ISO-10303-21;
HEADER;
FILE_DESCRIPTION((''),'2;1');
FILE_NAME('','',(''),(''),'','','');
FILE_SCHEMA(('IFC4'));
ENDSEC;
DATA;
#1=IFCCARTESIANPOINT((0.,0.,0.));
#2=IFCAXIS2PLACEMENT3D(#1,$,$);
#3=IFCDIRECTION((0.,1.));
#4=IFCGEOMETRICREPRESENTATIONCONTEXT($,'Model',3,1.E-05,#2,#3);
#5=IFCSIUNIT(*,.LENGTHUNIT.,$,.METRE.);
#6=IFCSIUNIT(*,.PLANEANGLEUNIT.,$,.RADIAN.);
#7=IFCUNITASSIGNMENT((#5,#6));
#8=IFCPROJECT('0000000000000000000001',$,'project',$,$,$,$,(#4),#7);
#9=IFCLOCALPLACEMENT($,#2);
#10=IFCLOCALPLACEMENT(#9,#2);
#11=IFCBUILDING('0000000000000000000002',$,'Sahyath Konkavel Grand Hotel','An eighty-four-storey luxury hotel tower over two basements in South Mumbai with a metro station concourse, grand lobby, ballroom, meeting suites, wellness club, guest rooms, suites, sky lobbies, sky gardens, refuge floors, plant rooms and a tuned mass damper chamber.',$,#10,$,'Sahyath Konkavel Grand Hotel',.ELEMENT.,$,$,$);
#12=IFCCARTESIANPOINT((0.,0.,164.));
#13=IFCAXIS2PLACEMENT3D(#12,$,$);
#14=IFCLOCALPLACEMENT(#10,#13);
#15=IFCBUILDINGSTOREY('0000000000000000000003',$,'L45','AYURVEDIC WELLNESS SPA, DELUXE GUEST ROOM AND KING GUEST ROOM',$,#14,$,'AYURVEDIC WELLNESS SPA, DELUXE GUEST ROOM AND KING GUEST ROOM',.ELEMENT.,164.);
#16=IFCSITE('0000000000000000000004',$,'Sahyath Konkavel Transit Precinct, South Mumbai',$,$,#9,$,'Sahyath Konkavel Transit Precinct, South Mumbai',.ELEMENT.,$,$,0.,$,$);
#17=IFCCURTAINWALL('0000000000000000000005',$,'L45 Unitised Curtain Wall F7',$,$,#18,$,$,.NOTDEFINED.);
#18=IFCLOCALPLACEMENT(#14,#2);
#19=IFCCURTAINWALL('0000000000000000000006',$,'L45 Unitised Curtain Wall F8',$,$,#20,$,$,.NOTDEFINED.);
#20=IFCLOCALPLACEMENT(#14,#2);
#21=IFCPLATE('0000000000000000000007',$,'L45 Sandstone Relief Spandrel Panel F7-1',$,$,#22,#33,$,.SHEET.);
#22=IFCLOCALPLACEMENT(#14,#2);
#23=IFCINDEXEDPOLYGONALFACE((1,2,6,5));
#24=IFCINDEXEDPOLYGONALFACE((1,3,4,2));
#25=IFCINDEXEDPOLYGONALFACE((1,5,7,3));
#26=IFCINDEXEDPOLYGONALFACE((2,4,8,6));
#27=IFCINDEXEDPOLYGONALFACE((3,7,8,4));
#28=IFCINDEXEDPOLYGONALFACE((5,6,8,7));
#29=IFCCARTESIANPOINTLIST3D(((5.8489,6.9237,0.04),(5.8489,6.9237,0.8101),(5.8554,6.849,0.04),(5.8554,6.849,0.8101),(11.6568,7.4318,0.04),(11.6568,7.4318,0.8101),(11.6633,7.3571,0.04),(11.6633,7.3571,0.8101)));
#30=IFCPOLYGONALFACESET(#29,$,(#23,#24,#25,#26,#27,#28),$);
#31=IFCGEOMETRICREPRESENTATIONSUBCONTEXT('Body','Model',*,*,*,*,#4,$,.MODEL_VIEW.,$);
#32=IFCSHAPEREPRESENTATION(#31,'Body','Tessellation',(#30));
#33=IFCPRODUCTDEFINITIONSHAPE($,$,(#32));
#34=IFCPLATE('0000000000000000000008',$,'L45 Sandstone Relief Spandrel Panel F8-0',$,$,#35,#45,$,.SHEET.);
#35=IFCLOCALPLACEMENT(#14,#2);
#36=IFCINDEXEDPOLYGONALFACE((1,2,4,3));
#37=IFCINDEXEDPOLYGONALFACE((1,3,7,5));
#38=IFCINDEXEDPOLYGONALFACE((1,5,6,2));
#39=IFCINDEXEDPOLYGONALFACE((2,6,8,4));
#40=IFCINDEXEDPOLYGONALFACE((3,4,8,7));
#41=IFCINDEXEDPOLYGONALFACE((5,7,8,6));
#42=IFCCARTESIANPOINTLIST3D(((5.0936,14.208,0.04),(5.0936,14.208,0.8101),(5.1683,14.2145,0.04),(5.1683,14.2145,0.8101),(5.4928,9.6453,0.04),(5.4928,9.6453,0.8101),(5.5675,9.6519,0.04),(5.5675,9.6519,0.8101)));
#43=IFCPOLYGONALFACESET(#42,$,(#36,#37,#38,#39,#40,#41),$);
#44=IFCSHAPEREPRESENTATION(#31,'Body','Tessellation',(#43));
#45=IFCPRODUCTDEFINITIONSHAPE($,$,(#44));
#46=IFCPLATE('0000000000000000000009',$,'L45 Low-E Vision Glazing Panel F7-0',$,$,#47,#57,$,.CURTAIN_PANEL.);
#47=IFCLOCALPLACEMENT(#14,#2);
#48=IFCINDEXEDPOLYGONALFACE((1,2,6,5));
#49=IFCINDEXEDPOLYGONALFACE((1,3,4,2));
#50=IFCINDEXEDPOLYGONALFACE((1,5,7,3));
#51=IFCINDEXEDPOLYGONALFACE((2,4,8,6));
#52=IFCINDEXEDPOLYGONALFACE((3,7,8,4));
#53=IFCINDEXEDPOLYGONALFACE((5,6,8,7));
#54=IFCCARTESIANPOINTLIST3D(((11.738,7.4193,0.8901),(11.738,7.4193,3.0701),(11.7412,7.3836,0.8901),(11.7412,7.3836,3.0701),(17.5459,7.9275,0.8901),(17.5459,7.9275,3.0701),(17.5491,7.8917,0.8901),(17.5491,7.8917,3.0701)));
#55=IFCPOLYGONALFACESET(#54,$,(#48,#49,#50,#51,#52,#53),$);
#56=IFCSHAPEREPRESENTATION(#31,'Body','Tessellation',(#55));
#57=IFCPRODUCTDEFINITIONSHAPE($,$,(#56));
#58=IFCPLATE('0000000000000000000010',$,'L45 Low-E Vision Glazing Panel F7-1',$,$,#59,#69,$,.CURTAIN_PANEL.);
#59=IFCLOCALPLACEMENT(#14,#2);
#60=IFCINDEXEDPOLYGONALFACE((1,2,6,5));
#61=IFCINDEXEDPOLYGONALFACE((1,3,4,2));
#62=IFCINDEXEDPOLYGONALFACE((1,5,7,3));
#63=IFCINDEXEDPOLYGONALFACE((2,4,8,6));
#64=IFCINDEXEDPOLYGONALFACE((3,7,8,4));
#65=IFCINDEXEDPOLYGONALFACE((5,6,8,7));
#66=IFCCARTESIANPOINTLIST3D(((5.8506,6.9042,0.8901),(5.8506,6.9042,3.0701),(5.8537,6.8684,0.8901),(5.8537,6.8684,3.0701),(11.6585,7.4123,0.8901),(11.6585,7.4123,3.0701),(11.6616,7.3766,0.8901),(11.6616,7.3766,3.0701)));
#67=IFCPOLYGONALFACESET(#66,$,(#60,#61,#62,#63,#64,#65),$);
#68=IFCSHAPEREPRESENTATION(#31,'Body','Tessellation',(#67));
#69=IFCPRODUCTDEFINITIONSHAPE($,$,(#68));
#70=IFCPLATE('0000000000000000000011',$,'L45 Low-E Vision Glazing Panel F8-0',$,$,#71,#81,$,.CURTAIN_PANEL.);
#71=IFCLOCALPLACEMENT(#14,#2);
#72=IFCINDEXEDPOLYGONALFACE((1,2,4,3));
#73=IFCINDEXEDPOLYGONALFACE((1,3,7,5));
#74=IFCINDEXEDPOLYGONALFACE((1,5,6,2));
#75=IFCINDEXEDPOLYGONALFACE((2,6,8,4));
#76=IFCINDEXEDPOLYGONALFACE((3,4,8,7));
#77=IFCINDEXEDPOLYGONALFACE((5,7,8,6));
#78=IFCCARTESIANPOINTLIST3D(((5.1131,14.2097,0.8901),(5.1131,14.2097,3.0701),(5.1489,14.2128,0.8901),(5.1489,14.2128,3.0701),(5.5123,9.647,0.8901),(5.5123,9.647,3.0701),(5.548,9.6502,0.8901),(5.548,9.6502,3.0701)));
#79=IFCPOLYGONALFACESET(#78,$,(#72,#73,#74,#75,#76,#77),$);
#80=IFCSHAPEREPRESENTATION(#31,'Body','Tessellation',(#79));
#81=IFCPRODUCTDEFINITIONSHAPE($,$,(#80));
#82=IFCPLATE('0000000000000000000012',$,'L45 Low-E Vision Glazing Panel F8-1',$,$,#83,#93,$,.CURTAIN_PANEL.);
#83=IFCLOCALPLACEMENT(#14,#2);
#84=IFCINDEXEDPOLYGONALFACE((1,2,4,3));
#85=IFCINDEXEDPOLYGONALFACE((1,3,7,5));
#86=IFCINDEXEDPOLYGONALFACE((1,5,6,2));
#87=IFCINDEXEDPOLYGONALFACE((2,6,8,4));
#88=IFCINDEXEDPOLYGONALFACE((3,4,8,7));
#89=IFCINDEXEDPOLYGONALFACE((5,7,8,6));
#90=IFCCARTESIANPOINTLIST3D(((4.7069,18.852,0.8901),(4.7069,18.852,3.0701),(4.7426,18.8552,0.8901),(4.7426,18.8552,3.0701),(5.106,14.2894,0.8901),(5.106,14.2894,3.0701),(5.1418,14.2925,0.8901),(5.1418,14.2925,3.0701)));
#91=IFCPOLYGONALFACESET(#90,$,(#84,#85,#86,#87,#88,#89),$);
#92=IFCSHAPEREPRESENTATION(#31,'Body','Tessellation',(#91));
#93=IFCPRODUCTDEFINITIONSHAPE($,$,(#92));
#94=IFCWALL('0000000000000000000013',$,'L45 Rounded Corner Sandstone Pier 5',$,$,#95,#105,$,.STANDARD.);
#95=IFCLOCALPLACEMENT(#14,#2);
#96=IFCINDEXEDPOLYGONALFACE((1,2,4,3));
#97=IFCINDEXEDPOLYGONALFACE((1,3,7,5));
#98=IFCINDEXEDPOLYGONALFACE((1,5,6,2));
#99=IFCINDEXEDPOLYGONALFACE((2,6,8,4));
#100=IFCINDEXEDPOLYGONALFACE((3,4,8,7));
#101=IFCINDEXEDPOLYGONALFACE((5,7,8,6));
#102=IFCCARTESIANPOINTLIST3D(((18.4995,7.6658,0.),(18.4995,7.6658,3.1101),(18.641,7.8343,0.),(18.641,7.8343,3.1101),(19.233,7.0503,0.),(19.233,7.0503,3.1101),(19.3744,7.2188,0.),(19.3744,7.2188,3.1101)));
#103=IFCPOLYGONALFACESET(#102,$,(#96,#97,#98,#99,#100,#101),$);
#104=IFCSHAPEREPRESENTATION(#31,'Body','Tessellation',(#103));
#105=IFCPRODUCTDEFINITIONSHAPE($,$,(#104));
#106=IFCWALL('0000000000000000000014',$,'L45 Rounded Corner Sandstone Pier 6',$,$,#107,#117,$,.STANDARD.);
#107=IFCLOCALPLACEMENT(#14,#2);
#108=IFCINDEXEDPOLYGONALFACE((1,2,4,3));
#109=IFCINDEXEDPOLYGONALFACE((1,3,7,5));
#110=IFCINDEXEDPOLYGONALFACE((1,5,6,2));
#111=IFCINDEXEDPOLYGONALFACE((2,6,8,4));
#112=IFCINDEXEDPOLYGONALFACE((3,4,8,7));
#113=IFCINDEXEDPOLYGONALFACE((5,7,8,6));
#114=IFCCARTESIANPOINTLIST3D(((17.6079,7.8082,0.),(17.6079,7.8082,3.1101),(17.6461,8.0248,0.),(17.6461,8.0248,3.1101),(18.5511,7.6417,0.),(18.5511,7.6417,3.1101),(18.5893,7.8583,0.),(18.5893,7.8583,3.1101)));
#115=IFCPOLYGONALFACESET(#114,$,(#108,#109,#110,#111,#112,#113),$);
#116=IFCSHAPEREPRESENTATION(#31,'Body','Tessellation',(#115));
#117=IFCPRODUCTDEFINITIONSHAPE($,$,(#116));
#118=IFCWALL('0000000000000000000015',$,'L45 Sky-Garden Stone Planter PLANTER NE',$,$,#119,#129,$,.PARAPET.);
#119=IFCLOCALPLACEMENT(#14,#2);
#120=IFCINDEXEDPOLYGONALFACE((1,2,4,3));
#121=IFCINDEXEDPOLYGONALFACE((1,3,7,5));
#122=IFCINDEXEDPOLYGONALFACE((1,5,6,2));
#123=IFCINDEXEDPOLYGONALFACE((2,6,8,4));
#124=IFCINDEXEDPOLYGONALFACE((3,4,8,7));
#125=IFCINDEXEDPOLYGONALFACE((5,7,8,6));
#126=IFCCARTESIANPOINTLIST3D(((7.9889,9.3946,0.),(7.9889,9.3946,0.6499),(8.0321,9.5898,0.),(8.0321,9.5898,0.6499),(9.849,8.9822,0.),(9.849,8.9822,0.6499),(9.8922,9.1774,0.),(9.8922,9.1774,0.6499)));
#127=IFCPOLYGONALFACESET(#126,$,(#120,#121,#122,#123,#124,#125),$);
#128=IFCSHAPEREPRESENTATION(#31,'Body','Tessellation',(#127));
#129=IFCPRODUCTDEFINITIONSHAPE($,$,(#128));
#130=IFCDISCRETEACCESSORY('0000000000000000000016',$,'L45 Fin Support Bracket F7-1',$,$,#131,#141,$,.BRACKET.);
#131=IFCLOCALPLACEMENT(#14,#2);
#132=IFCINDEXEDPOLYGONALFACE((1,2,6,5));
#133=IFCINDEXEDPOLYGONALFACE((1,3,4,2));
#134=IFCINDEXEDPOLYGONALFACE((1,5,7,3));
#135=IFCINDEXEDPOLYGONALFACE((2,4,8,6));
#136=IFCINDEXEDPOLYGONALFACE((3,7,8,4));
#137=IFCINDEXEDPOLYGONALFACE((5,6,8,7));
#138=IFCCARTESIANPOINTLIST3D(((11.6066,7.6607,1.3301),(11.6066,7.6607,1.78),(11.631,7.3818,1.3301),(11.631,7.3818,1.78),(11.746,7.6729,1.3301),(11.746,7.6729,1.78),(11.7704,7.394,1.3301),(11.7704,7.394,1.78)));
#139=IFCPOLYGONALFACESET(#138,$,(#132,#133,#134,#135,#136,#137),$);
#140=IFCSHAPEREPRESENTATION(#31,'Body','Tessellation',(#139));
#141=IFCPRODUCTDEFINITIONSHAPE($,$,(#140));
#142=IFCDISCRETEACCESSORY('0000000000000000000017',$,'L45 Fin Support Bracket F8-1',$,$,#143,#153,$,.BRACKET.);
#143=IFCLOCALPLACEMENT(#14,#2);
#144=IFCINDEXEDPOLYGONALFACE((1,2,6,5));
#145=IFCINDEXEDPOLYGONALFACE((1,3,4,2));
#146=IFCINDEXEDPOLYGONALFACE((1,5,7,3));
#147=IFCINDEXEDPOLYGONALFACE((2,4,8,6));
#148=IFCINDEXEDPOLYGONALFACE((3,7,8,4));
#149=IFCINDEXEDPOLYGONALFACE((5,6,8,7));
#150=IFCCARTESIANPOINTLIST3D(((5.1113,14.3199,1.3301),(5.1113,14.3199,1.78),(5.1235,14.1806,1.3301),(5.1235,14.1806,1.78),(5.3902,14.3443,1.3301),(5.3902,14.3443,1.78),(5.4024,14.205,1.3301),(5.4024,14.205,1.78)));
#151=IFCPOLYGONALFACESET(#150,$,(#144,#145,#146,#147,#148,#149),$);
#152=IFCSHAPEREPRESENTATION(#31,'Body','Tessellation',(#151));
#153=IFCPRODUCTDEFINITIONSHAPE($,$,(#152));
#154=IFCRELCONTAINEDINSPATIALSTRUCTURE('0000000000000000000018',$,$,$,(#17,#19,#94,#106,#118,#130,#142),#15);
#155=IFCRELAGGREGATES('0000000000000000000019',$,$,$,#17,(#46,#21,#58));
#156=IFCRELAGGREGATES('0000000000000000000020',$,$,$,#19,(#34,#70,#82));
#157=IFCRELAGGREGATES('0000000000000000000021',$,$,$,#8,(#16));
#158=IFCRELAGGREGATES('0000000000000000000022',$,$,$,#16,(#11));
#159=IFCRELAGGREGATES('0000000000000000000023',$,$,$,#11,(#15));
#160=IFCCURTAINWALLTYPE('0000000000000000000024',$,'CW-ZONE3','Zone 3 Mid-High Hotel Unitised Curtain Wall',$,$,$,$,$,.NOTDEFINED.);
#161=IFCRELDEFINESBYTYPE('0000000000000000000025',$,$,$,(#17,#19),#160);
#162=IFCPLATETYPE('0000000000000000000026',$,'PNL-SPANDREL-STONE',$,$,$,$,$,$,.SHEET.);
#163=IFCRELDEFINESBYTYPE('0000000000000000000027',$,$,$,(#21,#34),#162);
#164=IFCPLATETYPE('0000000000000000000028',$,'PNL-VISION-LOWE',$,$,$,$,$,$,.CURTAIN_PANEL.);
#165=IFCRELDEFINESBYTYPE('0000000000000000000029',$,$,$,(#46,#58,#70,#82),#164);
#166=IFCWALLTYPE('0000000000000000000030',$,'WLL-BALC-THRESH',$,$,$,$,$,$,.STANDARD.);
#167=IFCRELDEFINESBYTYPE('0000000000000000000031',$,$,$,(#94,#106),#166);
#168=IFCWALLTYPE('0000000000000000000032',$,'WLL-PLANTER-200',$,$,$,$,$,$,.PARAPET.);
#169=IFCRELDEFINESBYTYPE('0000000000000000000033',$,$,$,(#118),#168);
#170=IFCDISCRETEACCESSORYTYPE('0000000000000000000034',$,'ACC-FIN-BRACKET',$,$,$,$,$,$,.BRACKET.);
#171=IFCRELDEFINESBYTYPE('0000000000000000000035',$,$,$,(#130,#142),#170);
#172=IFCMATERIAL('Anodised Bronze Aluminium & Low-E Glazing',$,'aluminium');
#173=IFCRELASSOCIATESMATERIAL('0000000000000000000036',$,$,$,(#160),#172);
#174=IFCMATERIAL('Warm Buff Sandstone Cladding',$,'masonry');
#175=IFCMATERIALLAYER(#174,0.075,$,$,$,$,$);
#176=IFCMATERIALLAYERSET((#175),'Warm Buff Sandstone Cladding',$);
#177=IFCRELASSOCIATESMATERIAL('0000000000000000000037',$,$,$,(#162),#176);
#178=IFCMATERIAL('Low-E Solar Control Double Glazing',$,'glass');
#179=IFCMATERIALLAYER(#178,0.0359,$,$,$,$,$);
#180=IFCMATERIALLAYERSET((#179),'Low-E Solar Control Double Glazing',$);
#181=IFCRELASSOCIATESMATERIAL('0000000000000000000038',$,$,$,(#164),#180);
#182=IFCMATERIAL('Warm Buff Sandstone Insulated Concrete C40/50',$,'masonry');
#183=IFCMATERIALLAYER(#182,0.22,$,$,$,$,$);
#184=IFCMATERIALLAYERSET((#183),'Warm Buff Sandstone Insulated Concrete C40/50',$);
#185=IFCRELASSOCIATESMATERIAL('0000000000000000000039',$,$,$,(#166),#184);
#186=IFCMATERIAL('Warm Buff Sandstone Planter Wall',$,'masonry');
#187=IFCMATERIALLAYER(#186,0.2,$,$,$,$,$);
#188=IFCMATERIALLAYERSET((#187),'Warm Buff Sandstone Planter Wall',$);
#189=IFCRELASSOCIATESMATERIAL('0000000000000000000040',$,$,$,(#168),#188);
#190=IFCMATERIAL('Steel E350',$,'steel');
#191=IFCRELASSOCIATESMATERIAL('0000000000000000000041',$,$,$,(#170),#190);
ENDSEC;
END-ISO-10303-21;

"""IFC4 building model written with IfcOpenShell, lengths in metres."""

from ifc_helpers import new_model, si_unit, direction, frame, frame_2d, origin, origin_2d, place, context, subcontext, project, spatial, rectangle, extrude, source, transform, mapped, material, layer, layer_set, type_object, element, aggregate, save


model = new_model("IFC4")

# Units and contexts
model_context = context("Model", 3, precision=1e-05, world=origin(), true_north=direction((0.0, 1.0)))
body_context = subcontext(model_context, "Body", "Model", "MODEL_VIEW")
ifc_project = project(units=[si_unit("LENGTHUNIT", "METRE"), si_unit("PLANEANGLEUNIT", "RADIAN")], contexts=[model_context])

# Site, building, storey
site_placement = place(None, origin())
site = spatial("IfcSite", under=ifc_project, at=site_placement, Name="Sahyath Konkavel Transit Precinct, South Mumbai", LongName="Sahyath Konkavel Transit Precinct, South Mumbai", CompositionType="ELEMENT", RefElevation=0.0)
building_placement = place(site_placement, origin())
building = spatial("IfcBuilding", under=site, at=building_placement, Name="Sahyath Konkavel Grand Hotel", Description="An eighty-four-storey luxury hotel tower over two basements in South Mumbai with a metro station concourse, grand lobby, ballroom, meeting suites, wellness club, guest rooms, suites, sky lobbies, sky gardens, refuge floors, plant rooms and a tuned mass damper chamber.", LongName="Sahyath Konkavel Grand Hotel", CompositionType="ELEMENT")
storey_placement = place(building_placement, frame((0.0, 0.0, 164.0)))
storey = spatial("IfcBuildingStorey", under=building, at=storey_placement, Name="L45", Description="AYURVEDIC WELLNESS SPA, DELUXE GUEST ROOM AND KING GUEST ROOM", LongName="AYURVEDIC WELLNESS SPA, DELUXE GUEST ROOM AND KING GUEST ROOM", CompositionType="ELEMENT", Elevation=164.0)

# Curtain walls
ifc_material_1 = material(Name="Anodised Bronze Aluminium & Low-E Glazing", Category="aluminium")
curtain_wall_type = type_object("IfcCurtainWallType", Name="CW-ZONE3", Description="Zone 3 Mid-High Hotel Unitised Curtain Wall", PredefinedType="NOTDEFINED", material=ifc_material_1)
curtain_wall_1_placement = place(storey_placement, origin())
curtain_wall_1 = element("IfcCurtainWall", 1, at=curtain_wall_1_placement, inside=storey, type_object=curtain_wall_type, Name="L45 Unitised Curtain Wall F7", PredefinedType="NOTDEFINED")
curtain_wall_2_placement = place(storey_placement, origin())
curtain_wall_2 = element("IfcCurtainWall", 2, at=curtain_wall_2_placement, inside=storey, type_object=curtain_wall_type, Name="L45 Unitised Curtain Wall F8", PredefinedType="NOTDEFINED")

# Plates
ifc_material_2 = material(Name="Warm Buff Sandstone Cladding", Category="masonry")
ifc_layer_1 = layer(ifc_material_2, 0.075)
ifc_layer_set_1 = layer_set([ifc_layer_1], Name="Warm Buff Sandstone Cladding")
plate_type_1 = type_object("IfcPlateType", Name="PNL-SPANDREL-STONE", PredefinedType="SHEET", material=ifc_layer_set_1)
shared_shape_1 = source(origin(), body_context, "Body", "SweptSolid", [
    extrude(rectangle(XDim=5.8301, YDim=0.075, at=origin_2d()), origin(), (0.0, 0.0, 1.0), 0.77),
])
plate_1_placement = place(storey_placement, frame((8.7561, 7.1404, 0.04), z_axis=(0.0, 0.0, 1.0), x_axis=(-0.996195, -0.087156, 0.0)))
plate_1 = element("IfcPlate", 3, at=plate_1_placement, type_object=plate_type_1, Name="L45 Sandstone Relief Spandrel Panel F7-1", PredefinedType="SHEET", context=body_context, shape_type="MappedRepresentation", body=[
    mapped(shared_shape_1, transform((0.0, 0.0, 0.0), scale=1.0)),
])
shared_shape_2 = source(origin(), body_context, "Body", "SweptSolid", [
    extrude(rectangle(XDim=4.5801, YDim=0.075, at=origin_2d()), origin(), (0.0, 0.0, 1.0), 0.77),
])
plate_2_placement = place(storey_placement, frame((5.3306, 11.9299, 0.04), z_axis=(0.0, 0.0, 1.0), x_axis=(-0.087156, 0.996195, 0.0)))
plate_2 = element("IfcPlate", 4, at=plate_2_placement, type_object=plate_type_1, Name="L45 Sandstone Relief Spandrel Panel F8-0", PredefinedType="SHEET", context=body_context, shape_type="MappedRepresentation", body=[
    mapped(shared_shape_2, transform((0.0, 0.0, 0.0), scale=1.0)),
])
ifc_material_3 = material(Name="Low-E Solar Control Double Glazing", Category="glass")
ifc_layer_2 = layer(ifc_material_3, 0.0359)
ifc_layer_set_2 = layer_set([ifc_layer_2], Name="Low-E Solar Control Double Glazing")
plate_type_2 = type_object("IfcPlateType", Name="PNL-VISION-LOWE", PredefinedType="CURTAIN_PANEL", material=ifc_layer_set_2)
shared_shape_3 = source(origin(), body_context, "Body", "SweptSolid", [
    extrude(rectangle(XDim=5.8301, YDim=0.0359, at=origin_2d()), origin(), (0.0, 0.0, 1.0), 2.1799),
])
plate_3_placement = place(storey_placement, frame((14.6436, 7.6555, 0.8901), z_axis=(0.0, 0.0, 1.0), x_axis=(-0.996195, -0.087156, 0.0)))
plate_3 = element("IfcPlate", 5, at=plate_3_placement, type_object=plate_type_2, Name="L45 Low-E Vision Glazing Panel F7-0", PredefinedType="CURTAIN_PANEL", context=body_context, shape_type="MappedRepresentation", body=[
    mapped(shared_shape_3, transform((0.0, 0.0, 0.0), scale=1.0)),
])
plate_4_placement = place(storey_placement, frame((8.7561, 7.1404, 0.8901), z_axis=(0.0, 0.0, 1.0), x_axis=(-0.996195, -0.087156, 0.0)))
plate_4 = element("IfcPlate", 6, at=plate_4_placement, type_object=plate_type_2, Name="L45 Low-E Vision Glazing Panel F7-1", PredefinedType="CURTAIN_PANEL", context=body_context, shape_type="MappedRepresentation", body=[
    mapped(shared_shape_3, transform((0.0, 0.0, 0.0), scale=1.0)),
])
aggregate(curtain_wall_1, [plate_3, plate_1, plate_4])
shared_shape_4 = source(origin(), body_context, "Body", "SweptSolid", [
    extrude(rectangle(XDim=4.5801, YDim=0.0359, at=origin_2d()), origin(), (0.0, 0.0, 1.0), 2.1799),
])
plate_5_placement = place(storey_placement, frame((5.3306, 11.9299, 0.8901), z_axis=(0.0, 0.0, 1.0), x_axis=(-0.087156, 0.996195, 0.0)))
plate_5 = element("IfcPlate", 7, at=plate_5_placement, type_object=plate_type_2, Name="L45 Low-E Vision Glazing Panel F8-0", PredefinedType="CURTAIN_PANEL", context=body_context, shape_type="MappedRepresentation", body=[
    mapped(shared_shape_4, transform((0.0, 0.0, 0.0), scale=1.0)),
])
plate_6_placement = place(storey_placement, frame((4.9243, 16.5723, 0.8901), z_axis=(0.0, 0.0, 1.0), x_axis=(-0.087156, 0.996195, 0.0)))
plate_6 = element("IfcPlate", 8, at=plate_6_placement, type_object=plate_type_2, Name="L45 Low-E Vision Glazing Panel F8-1", PredefinedType="CURTAIN_PANEL", context=body_context, shape_type="MappedRepresentation", body=[
    mapped(shared_shape_4, transform((0.0, 0.0, 0.0), scale=1.0)),
])
aggregate(curtain_wall_2, [plate_2, plate_5, plate_6])

# Walls
ifc_material_4 = material(Name="Warm Buff Sandstone Insulated Concrete C40/50", Category="masonry")
ifc_layer_3 = layer(ifc_material_4, 0.22)
ifc_layer_set_3 = layer_set([ifc_layer_3], Name="Warm Buff Sandstone Insulated Concrete C40/50")
wall_type_1 = type_object("IfcWallType", Name="WLL-BALC-THRESH", PredefinedType="STANDARD", material=ifc_layer_set_3)
wall_1_placement = place(storey_placement, frame((19.3037, 7.1345, 0.0), z_axis=(0.0, 0.0, 1.0), x_axis=(-0.766001, 0.642839, 0.0)))
element("IfcWall", 9, at=wall_1_placement, inside=storey, type_object=wall_type_1, Name="L45 Rounded Corner Sandstone Pier 5", PredefinedType="STANDARD", context=body_context, shape_type="SweptSolid", body=[
    extrude(rectangle(XDim=0.9575, YDim=0.22, at=frame_2d((0.4788, 0.0))), origin(), (0.0, 0.0, 1.0), 3.1101),
])
wall_2_placement = place(storey_placement, frame((18.5703, 7.75, 0.0), z_axis=(0.0, 0.0, 1.0), x_axis=(-0.984771, 0.173858, 0.0)))
element("IfcWall", 10, at=wall_2_placement, inside=storey, type_object=wall_type_1, Name="L45 Rounded Corner Sandstone Pier 6", PredefinedType="STANDARD", context=body_context, shape_type="SweptSolid", body=[
    extrude(rectangle(XDim=0.9578, YDim=0.22, at=frame_2d((0.479, 0.0))), origin(), (0.0, 0.0, 1.0), 3.1101),
])
ifc_material_5 = material(Name="Warm Buff Sandstone Planter Wall", Category="masonry")
ifc_layer_4 = layer(ifc_material_5, 0.2)
ifc_layer_set_4 = layer_set([ifc_layer_4], Name="Warm Buff Sandstone Planter Wall")
wall_type_2 = type_object("IfcWallType", Name="WLL-PLANTER-200", PredefinedType="PARAPET", material=ifc_layer_set_4)
wall_3_placement = place(storey_placement, frame((9.8706, 9.0798, 0.0), z_axis=(0.0, 0.0, 1.0), x_axis=(-0.976298, 0.216428, 0.0)))
element("IfcWall", 11, at=wall_3_placement, inside=storey, type_object=wall_type_2, Name="L45 Sky-Garden Stone Planter PLANTER NE", PredefinedType="PARAPET", context=body_context, shape_type="SweptSolid", body=[
    extrude(rectangle(XDim=1.9053, YDim=0.2, at=frame_2d((0.9526, 0.0))), origin(), (0.0, 0.0, 1.0), 0.6499),
])

# Discrete accessories
ifc_material_6 = material(Name="Steel E350", Category="steel")
discrete_accessory_type = type_object("IfcDiscreteAccessoryType", Name="ACC-FIN-BRACKET", PredefinedType="BRACKET", material=ifc_material_6)
shared_shape_5 = source(origin(), body_context, "Body", "SweptSolid", [
    extrude(rectangle(XDim=0.28, YDim=0.1399, at=origin_2d()), origin(), (0.0, 0.0, 1.0), 0.45),
])
for number, where, z_axis, x_axis, name in (
    (12, (11.6885, 7.5273, 1.3301), (0.0, 0.0, 1.0), (-0.087156, 0.996195, 0.0), "L45 Fin Support Bracket F7-1"),
    (13, (5.2568, 14.2625, 1.3301), (0.0, 0.0, 1.0), (0.996195, 0.087156, 0.0), "L45 Fin Support Bracket F8-1"),
):
    element("IfcDiscreteAccessory", number, at=place(storey_placement, frame(where, z_axis=z_axis, x_axis=x_axis)), inside=storey, type_object=discrete_accessory_type, Name=name, PredefinedType="BRACKET", context=body_context, shape_type="MappedRepresentation", body=[
        mapped(shared_shape_5, transform((0.0, 0.0, 0.0), scale=1.0)),
    ])

save(model, "model.ifc")
